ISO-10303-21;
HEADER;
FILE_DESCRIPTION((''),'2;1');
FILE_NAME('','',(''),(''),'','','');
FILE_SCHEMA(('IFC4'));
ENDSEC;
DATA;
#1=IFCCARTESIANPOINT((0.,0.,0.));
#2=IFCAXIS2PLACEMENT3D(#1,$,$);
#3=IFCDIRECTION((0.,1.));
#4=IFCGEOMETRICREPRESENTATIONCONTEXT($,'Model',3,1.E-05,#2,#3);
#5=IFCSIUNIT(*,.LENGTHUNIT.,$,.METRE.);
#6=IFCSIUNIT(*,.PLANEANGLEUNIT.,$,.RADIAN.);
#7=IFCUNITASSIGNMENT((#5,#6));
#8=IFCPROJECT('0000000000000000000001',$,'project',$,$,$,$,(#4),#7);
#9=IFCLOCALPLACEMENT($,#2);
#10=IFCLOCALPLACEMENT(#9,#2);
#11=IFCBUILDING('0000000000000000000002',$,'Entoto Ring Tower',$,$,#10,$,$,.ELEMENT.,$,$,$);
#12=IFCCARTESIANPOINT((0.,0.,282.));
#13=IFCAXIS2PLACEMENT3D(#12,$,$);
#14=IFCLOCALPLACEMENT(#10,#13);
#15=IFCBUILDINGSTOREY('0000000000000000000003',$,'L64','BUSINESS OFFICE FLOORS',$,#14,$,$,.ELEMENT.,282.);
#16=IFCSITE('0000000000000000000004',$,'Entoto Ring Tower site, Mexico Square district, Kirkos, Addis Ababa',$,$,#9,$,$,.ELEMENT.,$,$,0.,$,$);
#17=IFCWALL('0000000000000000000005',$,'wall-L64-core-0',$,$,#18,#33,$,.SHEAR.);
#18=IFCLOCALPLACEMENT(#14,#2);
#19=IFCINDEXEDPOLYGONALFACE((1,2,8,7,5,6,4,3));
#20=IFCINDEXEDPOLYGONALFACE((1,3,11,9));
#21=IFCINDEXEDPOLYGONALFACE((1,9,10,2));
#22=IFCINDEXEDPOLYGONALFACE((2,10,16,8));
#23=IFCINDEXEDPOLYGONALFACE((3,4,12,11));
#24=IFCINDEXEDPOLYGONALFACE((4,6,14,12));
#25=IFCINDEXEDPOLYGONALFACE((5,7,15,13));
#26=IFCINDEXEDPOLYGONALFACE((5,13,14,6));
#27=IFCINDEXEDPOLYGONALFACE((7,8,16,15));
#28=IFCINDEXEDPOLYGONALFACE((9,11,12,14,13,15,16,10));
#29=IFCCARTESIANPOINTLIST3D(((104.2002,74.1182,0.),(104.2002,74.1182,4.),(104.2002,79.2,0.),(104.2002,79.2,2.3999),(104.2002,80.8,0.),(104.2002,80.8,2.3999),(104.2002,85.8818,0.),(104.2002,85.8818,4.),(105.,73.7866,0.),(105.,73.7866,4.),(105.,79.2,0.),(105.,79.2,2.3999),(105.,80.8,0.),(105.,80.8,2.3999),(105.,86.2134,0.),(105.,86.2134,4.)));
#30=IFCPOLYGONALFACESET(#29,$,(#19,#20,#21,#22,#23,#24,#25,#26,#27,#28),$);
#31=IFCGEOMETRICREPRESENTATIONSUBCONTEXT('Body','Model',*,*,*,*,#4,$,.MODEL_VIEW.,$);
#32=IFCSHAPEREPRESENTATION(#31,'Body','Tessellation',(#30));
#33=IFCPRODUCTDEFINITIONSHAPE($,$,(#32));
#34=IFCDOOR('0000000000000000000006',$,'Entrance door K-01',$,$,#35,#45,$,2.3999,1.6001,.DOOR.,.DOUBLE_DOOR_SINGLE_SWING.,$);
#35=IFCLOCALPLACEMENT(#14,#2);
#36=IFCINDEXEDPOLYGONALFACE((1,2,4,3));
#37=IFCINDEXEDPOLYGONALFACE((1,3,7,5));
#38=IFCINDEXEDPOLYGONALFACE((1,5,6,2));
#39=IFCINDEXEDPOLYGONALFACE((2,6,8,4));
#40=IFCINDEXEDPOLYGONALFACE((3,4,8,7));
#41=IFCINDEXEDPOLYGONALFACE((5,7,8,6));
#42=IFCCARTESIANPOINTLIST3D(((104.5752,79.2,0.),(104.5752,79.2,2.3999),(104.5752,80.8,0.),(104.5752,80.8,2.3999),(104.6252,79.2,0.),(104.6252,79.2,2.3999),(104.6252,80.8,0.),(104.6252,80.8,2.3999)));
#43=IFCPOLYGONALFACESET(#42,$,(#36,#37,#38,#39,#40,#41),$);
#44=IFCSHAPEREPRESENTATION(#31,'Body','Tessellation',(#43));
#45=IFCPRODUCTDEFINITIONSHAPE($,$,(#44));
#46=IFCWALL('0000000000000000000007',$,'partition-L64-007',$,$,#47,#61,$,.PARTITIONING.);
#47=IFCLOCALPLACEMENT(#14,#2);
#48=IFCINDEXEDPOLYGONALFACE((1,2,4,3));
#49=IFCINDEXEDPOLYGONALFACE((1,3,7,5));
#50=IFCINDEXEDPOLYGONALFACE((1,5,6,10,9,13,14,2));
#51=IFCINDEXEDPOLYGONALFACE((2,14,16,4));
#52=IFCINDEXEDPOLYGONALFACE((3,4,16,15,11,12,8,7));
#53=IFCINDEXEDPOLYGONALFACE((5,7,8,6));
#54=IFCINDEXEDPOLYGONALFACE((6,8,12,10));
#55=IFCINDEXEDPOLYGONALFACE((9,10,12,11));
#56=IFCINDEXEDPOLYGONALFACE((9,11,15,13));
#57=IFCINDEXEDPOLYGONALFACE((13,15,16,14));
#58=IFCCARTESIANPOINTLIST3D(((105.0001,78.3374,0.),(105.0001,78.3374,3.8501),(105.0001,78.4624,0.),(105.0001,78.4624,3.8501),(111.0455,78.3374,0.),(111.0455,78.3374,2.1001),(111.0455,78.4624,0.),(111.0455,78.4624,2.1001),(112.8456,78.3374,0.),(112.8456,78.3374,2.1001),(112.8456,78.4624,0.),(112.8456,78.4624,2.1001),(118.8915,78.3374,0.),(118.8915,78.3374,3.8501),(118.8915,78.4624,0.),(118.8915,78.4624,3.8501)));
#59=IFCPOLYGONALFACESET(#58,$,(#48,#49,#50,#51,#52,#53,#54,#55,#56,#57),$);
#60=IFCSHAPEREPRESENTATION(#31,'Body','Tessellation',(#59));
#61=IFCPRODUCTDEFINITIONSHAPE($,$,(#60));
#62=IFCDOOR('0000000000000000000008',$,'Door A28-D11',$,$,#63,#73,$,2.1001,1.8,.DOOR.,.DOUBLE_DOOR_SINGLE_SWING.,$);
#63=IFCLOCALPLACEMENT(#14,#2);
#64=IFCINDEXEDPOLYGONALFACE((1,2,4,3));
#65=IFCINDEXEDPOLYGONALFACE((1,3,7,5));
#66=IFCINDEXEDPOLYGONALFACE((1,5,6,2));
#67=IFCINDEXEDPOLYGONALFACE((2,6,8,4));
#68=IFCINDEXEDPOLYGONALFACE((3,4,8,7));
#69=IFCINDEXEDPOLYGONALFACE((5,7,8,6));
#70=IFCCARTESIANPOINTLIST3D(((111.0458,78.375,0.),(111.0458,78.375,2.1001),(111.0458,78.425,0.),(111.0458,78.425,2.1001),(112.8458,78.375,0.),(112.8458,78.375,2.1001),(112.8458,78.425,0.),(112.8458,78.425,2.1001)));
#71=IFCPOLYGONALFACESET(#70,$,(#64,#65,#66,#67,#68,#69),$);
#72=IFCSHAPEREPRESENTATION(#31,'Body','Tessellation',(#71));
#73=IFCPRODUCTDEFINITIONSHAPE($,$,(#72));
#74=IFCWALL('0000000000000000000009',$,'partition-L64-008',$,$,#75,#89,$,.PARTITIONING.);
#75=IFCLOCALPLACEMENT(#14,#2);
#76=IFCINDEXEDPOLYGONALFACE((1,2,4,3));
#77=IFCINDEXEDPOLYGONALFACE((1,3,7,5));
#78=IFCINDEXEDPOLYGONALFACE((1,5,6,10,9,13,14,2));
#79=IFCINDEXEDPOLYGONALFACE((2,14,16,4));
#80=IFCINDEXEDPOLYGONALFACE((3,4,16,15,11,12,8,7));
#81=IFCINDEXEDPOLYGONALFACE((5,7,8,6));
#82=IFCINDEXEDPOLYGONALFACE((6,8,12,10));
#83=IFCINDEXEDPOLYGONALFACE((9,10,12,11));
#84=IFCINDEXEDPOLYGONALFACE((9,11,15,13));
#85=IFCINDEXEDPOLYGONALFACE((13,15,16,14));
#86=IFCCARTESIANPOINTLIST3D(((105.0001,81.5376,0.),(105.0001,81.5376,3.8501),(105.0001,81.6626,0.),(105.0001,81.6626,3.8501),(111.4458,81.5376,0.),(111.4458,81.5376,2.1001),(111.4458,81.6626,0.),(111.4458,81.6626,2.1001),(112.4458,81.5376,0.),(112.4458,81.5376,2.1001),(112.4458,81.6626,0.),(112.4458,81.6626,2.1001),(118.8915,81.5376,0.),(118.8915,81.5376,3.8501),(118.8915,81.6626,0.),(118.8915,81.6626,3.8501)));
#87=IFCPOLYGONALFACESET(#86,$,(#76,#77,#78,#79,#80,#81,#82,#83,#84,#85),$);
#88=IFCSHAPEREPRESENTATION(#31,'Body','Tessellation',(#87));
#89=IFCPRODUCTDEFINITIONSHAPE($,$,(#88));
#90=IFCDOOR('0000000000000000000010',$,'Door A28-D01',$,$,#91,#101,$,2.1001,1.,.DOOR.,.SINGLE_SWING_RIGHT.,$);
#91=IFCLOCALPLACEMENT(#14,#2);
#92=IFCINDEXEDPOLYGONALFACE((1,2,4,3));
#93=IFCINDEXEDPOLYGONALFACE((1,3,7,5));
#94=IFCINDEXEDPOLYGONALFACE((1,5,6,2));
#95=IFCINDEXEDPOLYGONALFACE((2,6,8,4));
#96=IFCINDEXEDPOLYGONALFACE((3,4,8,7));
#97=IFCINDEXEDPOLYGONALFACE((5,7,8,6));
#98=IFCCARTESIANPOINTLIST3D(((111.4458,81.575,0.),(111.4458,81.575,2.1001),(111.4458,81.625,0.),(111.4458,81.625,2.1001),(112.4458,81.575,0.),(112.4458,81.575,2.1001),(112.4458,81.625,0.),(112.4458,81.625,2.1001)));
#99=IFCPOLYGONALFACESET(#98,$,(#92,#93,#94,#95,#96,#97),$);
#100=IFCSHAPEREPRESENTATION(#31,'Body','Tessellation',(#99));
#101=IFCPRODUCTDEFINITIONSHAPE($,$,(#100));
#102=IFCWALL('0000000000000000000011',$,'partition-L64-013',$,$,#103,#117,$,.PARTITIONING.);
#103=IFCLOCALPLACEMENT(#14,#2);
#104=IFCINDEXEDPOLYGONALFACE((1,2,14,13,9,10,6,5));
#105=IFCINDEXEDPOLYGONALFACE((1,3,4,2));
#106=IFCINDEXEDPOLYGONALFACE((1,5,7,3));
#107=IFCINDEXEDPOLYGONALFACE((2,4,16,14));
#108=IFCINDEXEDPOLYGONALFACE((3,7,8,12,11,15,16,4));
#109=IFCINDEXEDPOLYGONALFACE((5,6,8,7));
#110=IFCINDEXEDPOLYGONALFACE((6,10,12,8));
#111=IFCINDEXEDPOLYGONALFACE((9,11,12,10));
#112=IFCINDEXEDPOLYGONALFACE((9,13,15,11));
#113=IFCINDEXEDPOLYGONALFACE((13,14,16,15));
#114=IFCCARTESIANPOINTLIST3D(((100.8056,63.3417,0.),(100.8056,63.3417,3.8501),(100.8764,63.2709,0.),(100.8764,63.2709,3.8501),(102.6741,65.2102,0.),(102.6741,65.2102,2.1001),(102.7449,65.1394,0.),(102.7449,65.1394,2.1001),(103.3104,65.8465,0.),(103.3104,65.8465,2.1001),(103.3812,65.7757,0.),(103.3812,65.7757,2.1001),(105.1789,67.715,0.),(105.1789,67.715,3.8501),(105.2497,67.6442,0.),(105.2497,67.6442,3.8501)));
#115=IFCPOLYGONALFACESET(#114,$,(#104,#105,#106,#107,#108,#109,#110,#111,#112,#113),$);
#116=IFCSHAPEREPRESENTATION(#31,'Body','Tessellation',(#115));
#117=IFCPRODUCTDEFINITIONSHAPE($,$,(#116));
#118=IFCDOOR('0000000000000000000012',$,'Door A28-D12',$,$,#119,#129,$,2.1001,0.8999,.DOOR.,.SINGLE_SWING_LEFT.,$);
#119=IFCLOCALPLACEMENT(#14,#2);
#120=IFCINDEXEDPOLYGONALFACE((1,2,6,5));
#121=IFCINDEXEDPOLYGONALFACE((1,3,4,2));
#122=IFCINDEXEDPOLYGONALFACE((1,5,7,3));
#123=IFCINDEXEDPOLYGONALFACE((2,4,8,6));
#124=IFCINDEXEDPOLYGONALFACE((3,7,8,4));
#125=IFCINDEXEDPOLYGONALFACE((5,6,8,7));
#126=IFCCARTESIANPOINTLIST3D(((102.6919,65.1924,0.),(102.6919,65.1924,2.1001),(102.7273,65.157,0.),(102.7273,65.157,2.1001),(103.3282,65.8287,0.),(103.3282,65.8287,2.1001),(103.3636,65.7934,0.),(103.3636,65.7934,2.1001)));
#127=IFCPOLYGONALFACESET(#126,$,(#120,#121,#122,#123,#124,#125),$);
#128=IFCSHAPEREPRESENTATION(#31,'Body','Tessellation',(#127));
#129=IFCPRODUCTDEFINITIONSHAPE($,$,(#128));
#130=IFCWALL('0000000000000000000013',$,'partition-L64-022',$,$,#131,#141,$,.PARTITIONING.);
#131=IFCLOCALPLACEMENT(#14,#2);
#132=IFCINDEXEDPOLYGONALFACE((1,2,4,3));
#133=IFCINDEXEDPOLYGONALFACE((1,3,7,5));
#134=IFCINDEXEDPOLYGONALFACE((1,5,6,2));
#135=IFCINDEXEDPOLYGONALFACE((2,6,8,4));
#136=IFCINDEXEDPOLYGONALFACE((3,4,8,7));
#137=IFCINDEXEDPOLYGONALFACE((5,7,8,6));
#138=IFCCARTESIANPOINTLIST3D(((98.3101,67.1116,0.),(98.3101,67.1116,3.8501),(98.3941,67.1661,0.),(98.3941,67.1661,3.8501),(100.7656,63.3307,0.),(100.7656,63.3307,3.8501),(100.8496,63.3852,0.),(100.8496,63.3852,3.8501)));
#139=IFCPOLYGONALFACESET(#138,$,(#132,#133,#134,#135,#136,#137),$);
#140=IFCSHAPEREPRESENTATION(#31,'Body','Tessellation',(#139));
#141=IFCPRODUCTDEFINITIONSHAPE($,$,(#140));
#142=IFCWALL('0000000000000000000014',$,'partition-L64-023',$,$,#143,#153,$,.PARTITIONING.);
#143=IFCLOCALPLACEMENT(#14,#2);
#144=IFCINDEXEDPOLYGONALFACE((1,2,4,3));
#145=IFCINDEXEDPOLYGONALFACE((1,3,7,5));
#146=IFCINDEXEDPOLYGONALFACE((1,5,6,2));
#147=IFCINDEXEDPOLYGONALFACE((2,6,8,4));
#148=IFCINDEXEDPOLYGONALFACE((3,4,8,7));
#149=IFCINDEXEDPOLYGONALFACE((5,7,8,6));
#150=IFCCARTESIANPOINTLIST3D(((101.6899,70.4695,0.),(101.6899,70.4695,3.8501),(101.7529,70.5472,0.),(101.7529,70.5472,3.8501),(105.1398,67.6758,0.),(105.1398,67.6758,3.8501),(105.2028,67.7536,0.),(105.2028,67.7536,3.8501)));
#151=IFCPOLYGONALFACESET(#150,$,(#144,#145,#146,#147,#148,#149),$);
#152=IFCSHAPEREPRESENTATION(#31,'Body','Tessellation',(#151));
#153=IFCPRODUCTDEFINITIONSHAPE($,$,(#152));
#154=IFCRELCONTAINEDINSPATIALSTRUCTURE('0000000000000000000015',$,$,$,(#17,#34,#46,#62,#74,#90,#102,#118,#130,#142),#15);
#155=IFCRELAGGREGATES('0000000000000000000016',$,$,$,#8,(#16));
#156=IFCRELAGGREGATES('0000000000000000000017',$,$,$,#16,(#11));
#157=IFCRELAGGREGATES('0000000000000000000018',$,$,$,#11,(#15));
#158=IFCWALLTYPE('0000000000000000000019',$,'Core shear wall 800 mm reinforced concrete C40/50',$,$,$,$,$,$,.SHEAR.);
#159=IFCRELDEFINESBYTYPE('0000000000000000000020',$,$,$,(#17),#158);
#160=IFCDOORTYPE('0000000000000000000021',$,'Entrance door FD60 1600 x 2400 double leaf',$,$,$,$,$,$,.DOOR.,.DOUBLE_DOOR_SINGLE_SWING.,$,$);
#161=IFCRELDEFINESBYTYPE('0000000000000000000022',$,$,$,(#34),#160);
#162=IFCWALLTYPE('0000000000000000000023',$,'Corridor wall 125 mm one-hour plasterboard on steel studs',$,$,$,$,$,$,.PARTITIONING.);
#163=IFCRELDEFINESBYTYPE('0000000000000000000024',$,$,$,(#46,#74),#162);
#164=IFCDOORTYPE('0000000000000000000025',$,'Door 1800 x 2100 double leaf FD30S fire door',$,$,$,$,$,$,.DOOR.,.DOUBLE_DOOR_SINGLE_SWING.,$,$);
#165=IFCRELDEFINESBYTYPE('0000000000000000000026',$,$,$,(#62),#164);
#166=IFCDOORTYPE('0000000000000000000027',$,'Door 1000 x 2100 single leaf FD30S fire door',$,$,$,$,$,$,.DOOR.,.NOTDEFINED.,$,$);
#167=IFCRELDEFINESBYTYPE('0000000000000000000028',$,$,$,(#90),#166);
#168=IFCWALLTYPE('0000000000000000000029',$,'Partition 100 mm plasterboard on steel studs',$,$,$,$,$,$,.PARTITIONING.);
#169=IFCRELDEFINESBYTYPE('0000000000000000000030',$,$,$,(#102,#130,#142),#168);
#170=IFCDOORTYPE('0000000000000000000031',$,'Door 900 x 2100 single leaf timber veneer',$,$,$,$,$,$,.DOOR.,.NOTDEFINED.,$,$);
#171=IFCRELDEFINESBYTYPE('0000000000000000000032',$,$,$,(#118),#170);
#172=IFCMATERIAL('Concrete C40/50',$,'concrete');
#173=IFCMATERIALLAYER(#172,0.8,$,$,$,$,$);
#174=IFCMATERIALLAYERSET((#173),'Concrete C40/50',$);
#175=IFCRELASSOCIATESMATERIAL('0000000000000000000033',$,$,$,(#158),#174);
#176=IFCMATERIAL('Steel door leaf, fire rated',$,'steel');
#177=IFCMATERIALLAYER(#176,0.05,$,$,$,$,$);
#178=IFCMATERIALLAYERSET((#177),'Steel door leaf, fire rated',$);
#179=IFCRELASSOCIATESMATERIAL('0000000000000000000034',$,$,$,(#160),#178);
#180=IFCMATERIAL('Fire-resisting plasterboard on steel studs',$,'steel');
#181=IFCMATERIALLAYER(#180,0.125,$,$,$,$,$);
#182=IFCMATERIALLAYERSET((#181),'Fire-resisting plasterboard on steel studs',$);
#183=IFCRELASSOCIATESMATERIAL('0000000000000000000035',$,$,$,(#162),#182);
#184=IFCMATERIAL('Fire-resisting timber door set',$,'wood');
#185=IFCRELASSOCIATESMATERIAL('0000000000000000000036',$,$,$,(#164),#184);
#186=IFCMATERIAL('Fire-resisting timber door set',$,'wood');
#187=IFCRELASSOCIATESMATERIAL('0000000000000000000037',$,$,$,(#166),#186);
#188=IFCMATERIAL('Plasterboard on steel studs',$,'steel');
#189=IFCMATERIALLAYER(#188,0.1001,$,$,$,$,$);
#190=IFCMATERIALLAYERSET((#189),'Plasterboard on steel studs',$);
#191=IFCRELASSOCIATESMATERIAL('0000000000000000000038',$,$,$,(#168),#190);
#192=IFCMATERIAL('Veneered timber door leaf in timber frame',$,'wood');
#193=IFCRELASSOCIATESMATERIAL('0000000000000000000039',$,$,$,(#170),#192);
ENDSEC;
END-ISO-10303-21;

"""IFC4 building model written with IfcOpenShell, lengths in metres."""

from ifc_helpers import new_model, si_unit, direction, frame, frame_2d, origin, place, context, subcontext, project, spatial, polyline, rectangle, outline, extrude, material, layer, layer_set, type_object, element, fill, save


model = new_model("IFC4")

# Units and contexts
model_context = context("Model", 3, precision=1e-05, world=origin(), true_north=direction((0.0, 1.0)))
body_context = subcontext(model_context, "Body", "Model", "MODEL_VIEW")
ifc_project = project(units=[si_unit("LENGTHUNIT", "METRE"), si_unit("PLANEANGLEUNIT", "RADIAN")], contexts=[model_context])

# Site, building, storey
site_placement = place(None, origin())
site = spatial("IfcSite", under=ifc_project, at=site_placement, Name="Entoto Ring Tower site, Mexico Square district, Kirkos, Addis Ababa", CompositionType="ELEMENT", RefElevation=0.0)
building_placement = place(site_placement, origin())
building = spatial("IfcBuilding", under=site, at=building_placement, Name="Entoto Ring Tower", CompositionType="ELEMENT")
storey_placement = place(building_placement, frame((0.0, 0.0, 282.0)))
storey = spatial("IfcBuildingStorey", under=building, at=storey_placement, Name="L64", Description="BUSINESS OFFICE FLOORS", CompositionType="ELEMENT", Elevation=282.0)

# Walls, openings, doors
ifc_material_1 = material(Name="Concrete C40/50", Category="concrete")
ifc_layer_1 = layer(ifc_material_1, 0.8)
ifc_layer_set_1 = layer_set([ifc_layer_1], Name="Concrete C40/50")
wall_type_1 = type_object("IfcWallType", Name="Core shear wall 800 mm reinforced concrete C40/50", PredefinedType="SHEAR", material=ifc_layer_set_1)
wall_1_placement = place(storey_placement, frame((104.6001, 73.9524, 0.0), z_axis=(0.0, 0.0, 1.0), x_axis=(0.0, 1.0, 0.0)))
wall_1 = element("IfcWall", 1, at=wall_1_placement, inside=storey, type_object=wall_type_1, Name="wall-L64-core-0", PredefinedType="SHEAR", context=body_context, shape_type="SweptSolid", body=[
    extrude(outline(polyline([(-0.1658, -0.3999), (12.261, -0.3999), (11.9294, 0.3999), (0.1658, 0.3999), (-0.1658, -0.3999)])), origin(), (0.0, 0.0, 1.0), 4.0),
])
opening_1_placement = place(wall_1_placement, frame((5.2476, 0.0, 0.0)))
opening_1 = element("IfcOpeningElement", 2, at=opening_1_placement, cuts=wall_1, PredefinedType="OPENING", context=body_context, shape_type="SweptSolid", body=[
    extrude(rectangle(XDim=1.6001, YDim=2.3999, at=frame_2d((0.8, 1.2))), frame((0.0, 0.4102, 0.0), z_axis=(0.0, -1.0, 0.0), x_axis=(1.0, 0.0, 0.0)), (0.0, 0.0, 1.0), 0.8201),
])
ifc_material_2 = material(Name="Steel door leaf, fire rated", Category="steel")
ifc_layer_2 = layer(ifc_material_2, 0.05)
ifc_layer_set_2 = layer_set([ifc_layer_2], Name="Steel door leaf, fire rated")
door_type_1 = type_object("IfcDoorType", Name="Entrance door FD60 1600 x 2400 double leaf", OperationType="DOUBLE_DOOR_SINGLE_SWING", PredefinedType="DOOR", material=ifc_layer_set_2)
door_1_placement = place(opening_1_placement, origin())
door_1 = element("IfcDoor", 3, at=door_1_placement, inside=storey, type_object=door_type_1, Name="Entrance door K-01", OperationType="DOUBLE_DOOR_SINGLE_SWING", OverallHeight=2.3999, OverallWidth=1.6001, PredefinedType="DOOR", context=body_context, shape_type="SweptSolid", body=[
    extrude(rectangle(XDim=1.6001, YDim=2.3999, at=frame_2d((0.8, 1.2))), frame((0.0, 0.0249, 0.0), z_axis=(0.0, -1.0, 0.0), x_axis=(1.0, 0.0, 0.0)), (0.0, 0.0, 1.0), 0.05),
])
fill(opening_1, door_1)
ifc_material_3 = material(Name="Fire-resisting plasterboard on steel studs", Category="steel")
ifc_layer_3 = layer(ifc_material_3, 0.125)
ifc_layer_set_3 = layer_set([ifc_layer_3], Name="Fire-resisting plasterboard on steel studs")
wall_type_2 = type_object("IfcWallType", Name="Corridor wall 125 mm one-hour plasterboard on steel studs", PredefinedType="PARTITIONING", material=ifc_layer_set_3)
wall_2_placement = place(storey_placement, frame((105.0, 78.3999, 0.0), z_axis=(0.0, 0.0, 1.0), x_axis=(1.0, 0.0, 0.0)))
wall_2 = element("IfcWall", 4, at=wall_2_placement, inside=storey, type_object=wall_type_2, Name="partition-L64-007", PredefinedType="PARTITIONING", context=body_context, shape_type="SweptSolid", body=[
    extrude(rectangle(XDim=13.8914, YDim=0.125, at=frame_2d((6.9458, 0.0))), origin(), (0.0, 0.0, 1.0), 3.8501),
])
opening_2_placement = place(wall_2_placement, frame((6.0457, 0.0, 0.0)))
opening_2 = element("IfcOpeningElement", 5, at=opening_2_placement, cuts=wall_2, PredefinedType="OPENING", context=body_context, shape_type="SweptSolid", body=[
    extrude(rectangle(XDim=1.8, YDim=2.1001, at=frame_2d((0.8999, 1.05))), frame((0.0, 0.0725, 0.0), z_axis=(0.0, -1.0, 0.0), x_axis=(1.0, 0.0, 0.0)), (0.0, 0.0, 1.0), 0.145),
])
ifc_material_4 = material(Name="Fire-resisting timber door set", Category="wood")
door_type_2 = type_object("IfcDoorType", Name="Door 1800 x 2100 double leaf FD30S fire door", OperationType="DOUBLE_DOOR_SINGLE_SWING", PredefinedType="DOOR", material=ifc_material_4)
door_2_placement = place(opening_2_placement, frame((1.8, 0.0, 0.0), z_axis=(0.0, 0.0, 1.0), x_axis=(-1.0, 0.0, 0.0)))
door_2 = element("IfcDoor", 6, at=door_2_placement, inside=storey, type_object=door_type_2, Name="Door A28-D11", OperationType="DOUBLE_DOOR_SINGLE_SWING", OverallHeight=2.1001, OverallWidth=1.8, PredefinedType="DOOR", context=body_context, shape_type="SweptSolid", body=[
    extrude(rectangle(XDim=1.8, YDim=2.1001, at=frame_2d((0.8999, 1.05))), frame((0.0, 0.0249, 0.0), z_axis=(0.0, -1.0, 0.0), x_axis=(1.0, 0.0, 0.0)), (0.0, 0.0, 1.0), 0.05),
])
fill(opening_2, door_2)
wall_3_placement = place(storey_placement, frame((105.0, 81.6001, 0.0), z_axis=(0.0, 0.0, 1.0), x_axis=(1.0, 0.0, 0.0)))
wall_3 = element("IfcWall", 7, at=wall_3_placement, inside=storey, type_object=wall_type_2, Name="partition-L64-008", PredefinedType="PARTITIONING", context=body_context, shape_type="SweptSolid", body=[
    extrude(rectangle(XDim=13.8914, YDim=0.125, at=frame_2d((6.9458, 0.0))), origin(), (0.0, 0.0, 1.0), 3.8501),
])
opening_3_placement = place(wall_3_placement, frame((6.4458, 0.0, 0.0)))
opening_3 = element("IfcOpeningElement", 8, at=opening_3_placement, cuts=wall_3, PredefinedType="OPENING", context=body_context, shape_type="SweptSolid", body=[
    extrude(rectangle(XDim=1.0, YDim=2.1001, at=frame_2d((0.5, 1.05))), frame((0.0, 0.0725, 0.0), z_axis=(0.0, -1.0, 0.0), x_axis=(1.0, 0.0, 0.0)), (0.0, 0.0, 1.0), 0.145),
])
ifc_material_5 = material(Name="Fire-resisting timber door set", Category="wood")
door_type_3 = type_object("IfcDoorType", Name="Door 1000 x 2100 single leaf FD30S fire door", OperationType="NOTDEFINED", PredefinedType="DOOR", material=ifc_material_5)
door_3_placement = place(opening_3_placement, origin())
door_3 = element("IfcDoor", 9, at=door_3_placement, inside=storey, type_object=door_type_3, Name="Door A28-D01", OperationType="SINGLE_SWING_RIGHT", OverallHeight=2.1001, OverallWidth=1.0, PredefinedType="DOOR", context=body_context, shape_type="SweptSolid", body=[
    extrude(rectangle(XDim=1.0, YDim=2.1001, at=frame_2d((0.5, 1.05))), frame((0.0, 0.0249, 0.0), z_axis=(0.0, -1.0, 0.0), x_axis=(1.0, 0.0, 0.0)), (0.0, 0.0, 1.0), 0.05),
])
fill(opening_3, door_3)
ifc_material_6 = material(Name="Plasterboard on steel studs", Category="steel")
ifc_layer_4 = layer(ifc_material_6, 0.1001)
ifc_layer_set_4 = layer_set([ifc_layer_4], Name="Plasterboard on steel studs")
wall_type_3 = type_object("IfcWallType", Name="Partition 100 mm plasterboard on steel studs", PredefinedType="PARTITIONING", material=ifc_layer_set_4)
wall_4_placement = place(storey_placement, frame((100.8411, 63.3064, 0.0), z_axis=(0.0, 0.0, 1.0), x_axis=(0.707107, 0.707107, 0.0)))
wall_4 = element("IfcWall", 10, at=wall_4_placement, inside=storey, type_object=wall_type_3, Name="partition-L64-013", PredefinedType="PARTITIONING", context=body_context, shape_type="SweptSolid", body=[
    extrude(rectangle(XDim=6.1848, YDim=0.1001, at=frame_2d((3.0923, 0.0))), origin(), (0.0, 0.0, 1.0), 3.8501),
])
opening_4_placement = place(wall_4_placement, frame((2.6423, 0.0, 0.0)))
opening_4 = element("IfcOpeningElement", 11, at=opening_4_placement, cuts=wall_4, PredefinedType="OPENING", context=body_context, shape_type="SweptSolid", body=[
    extrude(rectangle(XDim=0.8999, YDim=2.1001, at=frame_2d((0.45, 1.05))), frame((0.0, 0.0601, 0.0), z_axis=(0.0, -1.0, 0.0), x_axis=(1.0, 0.0, 0.0)), (0.0, 0.0, 1.0), 0.1201),
])
ifc_material_7 = material(Name="Veneered timber door leaf in timber frame", Category="wood")
door_type_4 = type_object("IfcDoorType", Name="Door 900 x 2100 single leaf timber veneer", OperationType="NOTDEFINED", PredefinedType="DOOR", material=ifc_material_7)
door_4_placement = place(opening_4_placement, origin())
door_4 = element("IfcDoor", 12, at=door_4_placement, inside=storey, type_object=door_type_4, Name="Door A28-D12", OperationType="SINGLE_SWING_LEFT", OverallHeight=2.1001, OverallWidth=0.8999, PredefinedType="DOOR", context=body_context, shape_type="SweptSolid", body=[
    extrude(rectangle(XDim=0.8999, YDim=2.1001, at=frame_2d((0.45, 1.05))), frame((0.0, 0.0249, 0.0), z_axis=(0.0, -1.0, 0.0), x_axis=(1.0, 0.0, 0.0)), (0.0, 0.0, 1.0), 0.05),
])
fill(opening_4, door_4)

# Walls
wall_5_placement = place(storey_placement, frame((100.8076, 63.3579, 0.0), z_axis=(0.0, 0.0, 1.0), x_axis=(-0.544663, 0.838655, 0.0)))
element("IfcWall", 13, at=wall_5_placement, inside=storey, type_object=wall_type_3, Name="partition-L64-022", PredefinedType="PARTITIONING", context=body_context, shape_type="SweptSolid", body=[
    extrude(rectangle(XDim=4.5083, YDim=0.1001, at=frame_2d((2.2542, 0.0))), origin(), (0.0, 0.0, 1.0), 3.8501),
])
wall_6_placement = place(storey_placement, frame((105.1714, 67.7146, 0.0), z_axis=(0.0, 0.0, 1.0), x_axis=(-0.777148, 0.629318, 0.0)))
element("IfcWall", 14, at=wall_6_placement, inside=storey, type_object=wall_type_3, Name="partition-L64-023", PredefinedType="PARTITIONING", context=body_context, shape_type="SweptSolid", body=[
    extrude(rectangle(XDim=4.4392, YDim=0.1001, at=frame_2d((2.2197, 0.0))), origin(), (0.0, 0.0, 1.0), 3.8501),
])

save(model, "model.ifc")
